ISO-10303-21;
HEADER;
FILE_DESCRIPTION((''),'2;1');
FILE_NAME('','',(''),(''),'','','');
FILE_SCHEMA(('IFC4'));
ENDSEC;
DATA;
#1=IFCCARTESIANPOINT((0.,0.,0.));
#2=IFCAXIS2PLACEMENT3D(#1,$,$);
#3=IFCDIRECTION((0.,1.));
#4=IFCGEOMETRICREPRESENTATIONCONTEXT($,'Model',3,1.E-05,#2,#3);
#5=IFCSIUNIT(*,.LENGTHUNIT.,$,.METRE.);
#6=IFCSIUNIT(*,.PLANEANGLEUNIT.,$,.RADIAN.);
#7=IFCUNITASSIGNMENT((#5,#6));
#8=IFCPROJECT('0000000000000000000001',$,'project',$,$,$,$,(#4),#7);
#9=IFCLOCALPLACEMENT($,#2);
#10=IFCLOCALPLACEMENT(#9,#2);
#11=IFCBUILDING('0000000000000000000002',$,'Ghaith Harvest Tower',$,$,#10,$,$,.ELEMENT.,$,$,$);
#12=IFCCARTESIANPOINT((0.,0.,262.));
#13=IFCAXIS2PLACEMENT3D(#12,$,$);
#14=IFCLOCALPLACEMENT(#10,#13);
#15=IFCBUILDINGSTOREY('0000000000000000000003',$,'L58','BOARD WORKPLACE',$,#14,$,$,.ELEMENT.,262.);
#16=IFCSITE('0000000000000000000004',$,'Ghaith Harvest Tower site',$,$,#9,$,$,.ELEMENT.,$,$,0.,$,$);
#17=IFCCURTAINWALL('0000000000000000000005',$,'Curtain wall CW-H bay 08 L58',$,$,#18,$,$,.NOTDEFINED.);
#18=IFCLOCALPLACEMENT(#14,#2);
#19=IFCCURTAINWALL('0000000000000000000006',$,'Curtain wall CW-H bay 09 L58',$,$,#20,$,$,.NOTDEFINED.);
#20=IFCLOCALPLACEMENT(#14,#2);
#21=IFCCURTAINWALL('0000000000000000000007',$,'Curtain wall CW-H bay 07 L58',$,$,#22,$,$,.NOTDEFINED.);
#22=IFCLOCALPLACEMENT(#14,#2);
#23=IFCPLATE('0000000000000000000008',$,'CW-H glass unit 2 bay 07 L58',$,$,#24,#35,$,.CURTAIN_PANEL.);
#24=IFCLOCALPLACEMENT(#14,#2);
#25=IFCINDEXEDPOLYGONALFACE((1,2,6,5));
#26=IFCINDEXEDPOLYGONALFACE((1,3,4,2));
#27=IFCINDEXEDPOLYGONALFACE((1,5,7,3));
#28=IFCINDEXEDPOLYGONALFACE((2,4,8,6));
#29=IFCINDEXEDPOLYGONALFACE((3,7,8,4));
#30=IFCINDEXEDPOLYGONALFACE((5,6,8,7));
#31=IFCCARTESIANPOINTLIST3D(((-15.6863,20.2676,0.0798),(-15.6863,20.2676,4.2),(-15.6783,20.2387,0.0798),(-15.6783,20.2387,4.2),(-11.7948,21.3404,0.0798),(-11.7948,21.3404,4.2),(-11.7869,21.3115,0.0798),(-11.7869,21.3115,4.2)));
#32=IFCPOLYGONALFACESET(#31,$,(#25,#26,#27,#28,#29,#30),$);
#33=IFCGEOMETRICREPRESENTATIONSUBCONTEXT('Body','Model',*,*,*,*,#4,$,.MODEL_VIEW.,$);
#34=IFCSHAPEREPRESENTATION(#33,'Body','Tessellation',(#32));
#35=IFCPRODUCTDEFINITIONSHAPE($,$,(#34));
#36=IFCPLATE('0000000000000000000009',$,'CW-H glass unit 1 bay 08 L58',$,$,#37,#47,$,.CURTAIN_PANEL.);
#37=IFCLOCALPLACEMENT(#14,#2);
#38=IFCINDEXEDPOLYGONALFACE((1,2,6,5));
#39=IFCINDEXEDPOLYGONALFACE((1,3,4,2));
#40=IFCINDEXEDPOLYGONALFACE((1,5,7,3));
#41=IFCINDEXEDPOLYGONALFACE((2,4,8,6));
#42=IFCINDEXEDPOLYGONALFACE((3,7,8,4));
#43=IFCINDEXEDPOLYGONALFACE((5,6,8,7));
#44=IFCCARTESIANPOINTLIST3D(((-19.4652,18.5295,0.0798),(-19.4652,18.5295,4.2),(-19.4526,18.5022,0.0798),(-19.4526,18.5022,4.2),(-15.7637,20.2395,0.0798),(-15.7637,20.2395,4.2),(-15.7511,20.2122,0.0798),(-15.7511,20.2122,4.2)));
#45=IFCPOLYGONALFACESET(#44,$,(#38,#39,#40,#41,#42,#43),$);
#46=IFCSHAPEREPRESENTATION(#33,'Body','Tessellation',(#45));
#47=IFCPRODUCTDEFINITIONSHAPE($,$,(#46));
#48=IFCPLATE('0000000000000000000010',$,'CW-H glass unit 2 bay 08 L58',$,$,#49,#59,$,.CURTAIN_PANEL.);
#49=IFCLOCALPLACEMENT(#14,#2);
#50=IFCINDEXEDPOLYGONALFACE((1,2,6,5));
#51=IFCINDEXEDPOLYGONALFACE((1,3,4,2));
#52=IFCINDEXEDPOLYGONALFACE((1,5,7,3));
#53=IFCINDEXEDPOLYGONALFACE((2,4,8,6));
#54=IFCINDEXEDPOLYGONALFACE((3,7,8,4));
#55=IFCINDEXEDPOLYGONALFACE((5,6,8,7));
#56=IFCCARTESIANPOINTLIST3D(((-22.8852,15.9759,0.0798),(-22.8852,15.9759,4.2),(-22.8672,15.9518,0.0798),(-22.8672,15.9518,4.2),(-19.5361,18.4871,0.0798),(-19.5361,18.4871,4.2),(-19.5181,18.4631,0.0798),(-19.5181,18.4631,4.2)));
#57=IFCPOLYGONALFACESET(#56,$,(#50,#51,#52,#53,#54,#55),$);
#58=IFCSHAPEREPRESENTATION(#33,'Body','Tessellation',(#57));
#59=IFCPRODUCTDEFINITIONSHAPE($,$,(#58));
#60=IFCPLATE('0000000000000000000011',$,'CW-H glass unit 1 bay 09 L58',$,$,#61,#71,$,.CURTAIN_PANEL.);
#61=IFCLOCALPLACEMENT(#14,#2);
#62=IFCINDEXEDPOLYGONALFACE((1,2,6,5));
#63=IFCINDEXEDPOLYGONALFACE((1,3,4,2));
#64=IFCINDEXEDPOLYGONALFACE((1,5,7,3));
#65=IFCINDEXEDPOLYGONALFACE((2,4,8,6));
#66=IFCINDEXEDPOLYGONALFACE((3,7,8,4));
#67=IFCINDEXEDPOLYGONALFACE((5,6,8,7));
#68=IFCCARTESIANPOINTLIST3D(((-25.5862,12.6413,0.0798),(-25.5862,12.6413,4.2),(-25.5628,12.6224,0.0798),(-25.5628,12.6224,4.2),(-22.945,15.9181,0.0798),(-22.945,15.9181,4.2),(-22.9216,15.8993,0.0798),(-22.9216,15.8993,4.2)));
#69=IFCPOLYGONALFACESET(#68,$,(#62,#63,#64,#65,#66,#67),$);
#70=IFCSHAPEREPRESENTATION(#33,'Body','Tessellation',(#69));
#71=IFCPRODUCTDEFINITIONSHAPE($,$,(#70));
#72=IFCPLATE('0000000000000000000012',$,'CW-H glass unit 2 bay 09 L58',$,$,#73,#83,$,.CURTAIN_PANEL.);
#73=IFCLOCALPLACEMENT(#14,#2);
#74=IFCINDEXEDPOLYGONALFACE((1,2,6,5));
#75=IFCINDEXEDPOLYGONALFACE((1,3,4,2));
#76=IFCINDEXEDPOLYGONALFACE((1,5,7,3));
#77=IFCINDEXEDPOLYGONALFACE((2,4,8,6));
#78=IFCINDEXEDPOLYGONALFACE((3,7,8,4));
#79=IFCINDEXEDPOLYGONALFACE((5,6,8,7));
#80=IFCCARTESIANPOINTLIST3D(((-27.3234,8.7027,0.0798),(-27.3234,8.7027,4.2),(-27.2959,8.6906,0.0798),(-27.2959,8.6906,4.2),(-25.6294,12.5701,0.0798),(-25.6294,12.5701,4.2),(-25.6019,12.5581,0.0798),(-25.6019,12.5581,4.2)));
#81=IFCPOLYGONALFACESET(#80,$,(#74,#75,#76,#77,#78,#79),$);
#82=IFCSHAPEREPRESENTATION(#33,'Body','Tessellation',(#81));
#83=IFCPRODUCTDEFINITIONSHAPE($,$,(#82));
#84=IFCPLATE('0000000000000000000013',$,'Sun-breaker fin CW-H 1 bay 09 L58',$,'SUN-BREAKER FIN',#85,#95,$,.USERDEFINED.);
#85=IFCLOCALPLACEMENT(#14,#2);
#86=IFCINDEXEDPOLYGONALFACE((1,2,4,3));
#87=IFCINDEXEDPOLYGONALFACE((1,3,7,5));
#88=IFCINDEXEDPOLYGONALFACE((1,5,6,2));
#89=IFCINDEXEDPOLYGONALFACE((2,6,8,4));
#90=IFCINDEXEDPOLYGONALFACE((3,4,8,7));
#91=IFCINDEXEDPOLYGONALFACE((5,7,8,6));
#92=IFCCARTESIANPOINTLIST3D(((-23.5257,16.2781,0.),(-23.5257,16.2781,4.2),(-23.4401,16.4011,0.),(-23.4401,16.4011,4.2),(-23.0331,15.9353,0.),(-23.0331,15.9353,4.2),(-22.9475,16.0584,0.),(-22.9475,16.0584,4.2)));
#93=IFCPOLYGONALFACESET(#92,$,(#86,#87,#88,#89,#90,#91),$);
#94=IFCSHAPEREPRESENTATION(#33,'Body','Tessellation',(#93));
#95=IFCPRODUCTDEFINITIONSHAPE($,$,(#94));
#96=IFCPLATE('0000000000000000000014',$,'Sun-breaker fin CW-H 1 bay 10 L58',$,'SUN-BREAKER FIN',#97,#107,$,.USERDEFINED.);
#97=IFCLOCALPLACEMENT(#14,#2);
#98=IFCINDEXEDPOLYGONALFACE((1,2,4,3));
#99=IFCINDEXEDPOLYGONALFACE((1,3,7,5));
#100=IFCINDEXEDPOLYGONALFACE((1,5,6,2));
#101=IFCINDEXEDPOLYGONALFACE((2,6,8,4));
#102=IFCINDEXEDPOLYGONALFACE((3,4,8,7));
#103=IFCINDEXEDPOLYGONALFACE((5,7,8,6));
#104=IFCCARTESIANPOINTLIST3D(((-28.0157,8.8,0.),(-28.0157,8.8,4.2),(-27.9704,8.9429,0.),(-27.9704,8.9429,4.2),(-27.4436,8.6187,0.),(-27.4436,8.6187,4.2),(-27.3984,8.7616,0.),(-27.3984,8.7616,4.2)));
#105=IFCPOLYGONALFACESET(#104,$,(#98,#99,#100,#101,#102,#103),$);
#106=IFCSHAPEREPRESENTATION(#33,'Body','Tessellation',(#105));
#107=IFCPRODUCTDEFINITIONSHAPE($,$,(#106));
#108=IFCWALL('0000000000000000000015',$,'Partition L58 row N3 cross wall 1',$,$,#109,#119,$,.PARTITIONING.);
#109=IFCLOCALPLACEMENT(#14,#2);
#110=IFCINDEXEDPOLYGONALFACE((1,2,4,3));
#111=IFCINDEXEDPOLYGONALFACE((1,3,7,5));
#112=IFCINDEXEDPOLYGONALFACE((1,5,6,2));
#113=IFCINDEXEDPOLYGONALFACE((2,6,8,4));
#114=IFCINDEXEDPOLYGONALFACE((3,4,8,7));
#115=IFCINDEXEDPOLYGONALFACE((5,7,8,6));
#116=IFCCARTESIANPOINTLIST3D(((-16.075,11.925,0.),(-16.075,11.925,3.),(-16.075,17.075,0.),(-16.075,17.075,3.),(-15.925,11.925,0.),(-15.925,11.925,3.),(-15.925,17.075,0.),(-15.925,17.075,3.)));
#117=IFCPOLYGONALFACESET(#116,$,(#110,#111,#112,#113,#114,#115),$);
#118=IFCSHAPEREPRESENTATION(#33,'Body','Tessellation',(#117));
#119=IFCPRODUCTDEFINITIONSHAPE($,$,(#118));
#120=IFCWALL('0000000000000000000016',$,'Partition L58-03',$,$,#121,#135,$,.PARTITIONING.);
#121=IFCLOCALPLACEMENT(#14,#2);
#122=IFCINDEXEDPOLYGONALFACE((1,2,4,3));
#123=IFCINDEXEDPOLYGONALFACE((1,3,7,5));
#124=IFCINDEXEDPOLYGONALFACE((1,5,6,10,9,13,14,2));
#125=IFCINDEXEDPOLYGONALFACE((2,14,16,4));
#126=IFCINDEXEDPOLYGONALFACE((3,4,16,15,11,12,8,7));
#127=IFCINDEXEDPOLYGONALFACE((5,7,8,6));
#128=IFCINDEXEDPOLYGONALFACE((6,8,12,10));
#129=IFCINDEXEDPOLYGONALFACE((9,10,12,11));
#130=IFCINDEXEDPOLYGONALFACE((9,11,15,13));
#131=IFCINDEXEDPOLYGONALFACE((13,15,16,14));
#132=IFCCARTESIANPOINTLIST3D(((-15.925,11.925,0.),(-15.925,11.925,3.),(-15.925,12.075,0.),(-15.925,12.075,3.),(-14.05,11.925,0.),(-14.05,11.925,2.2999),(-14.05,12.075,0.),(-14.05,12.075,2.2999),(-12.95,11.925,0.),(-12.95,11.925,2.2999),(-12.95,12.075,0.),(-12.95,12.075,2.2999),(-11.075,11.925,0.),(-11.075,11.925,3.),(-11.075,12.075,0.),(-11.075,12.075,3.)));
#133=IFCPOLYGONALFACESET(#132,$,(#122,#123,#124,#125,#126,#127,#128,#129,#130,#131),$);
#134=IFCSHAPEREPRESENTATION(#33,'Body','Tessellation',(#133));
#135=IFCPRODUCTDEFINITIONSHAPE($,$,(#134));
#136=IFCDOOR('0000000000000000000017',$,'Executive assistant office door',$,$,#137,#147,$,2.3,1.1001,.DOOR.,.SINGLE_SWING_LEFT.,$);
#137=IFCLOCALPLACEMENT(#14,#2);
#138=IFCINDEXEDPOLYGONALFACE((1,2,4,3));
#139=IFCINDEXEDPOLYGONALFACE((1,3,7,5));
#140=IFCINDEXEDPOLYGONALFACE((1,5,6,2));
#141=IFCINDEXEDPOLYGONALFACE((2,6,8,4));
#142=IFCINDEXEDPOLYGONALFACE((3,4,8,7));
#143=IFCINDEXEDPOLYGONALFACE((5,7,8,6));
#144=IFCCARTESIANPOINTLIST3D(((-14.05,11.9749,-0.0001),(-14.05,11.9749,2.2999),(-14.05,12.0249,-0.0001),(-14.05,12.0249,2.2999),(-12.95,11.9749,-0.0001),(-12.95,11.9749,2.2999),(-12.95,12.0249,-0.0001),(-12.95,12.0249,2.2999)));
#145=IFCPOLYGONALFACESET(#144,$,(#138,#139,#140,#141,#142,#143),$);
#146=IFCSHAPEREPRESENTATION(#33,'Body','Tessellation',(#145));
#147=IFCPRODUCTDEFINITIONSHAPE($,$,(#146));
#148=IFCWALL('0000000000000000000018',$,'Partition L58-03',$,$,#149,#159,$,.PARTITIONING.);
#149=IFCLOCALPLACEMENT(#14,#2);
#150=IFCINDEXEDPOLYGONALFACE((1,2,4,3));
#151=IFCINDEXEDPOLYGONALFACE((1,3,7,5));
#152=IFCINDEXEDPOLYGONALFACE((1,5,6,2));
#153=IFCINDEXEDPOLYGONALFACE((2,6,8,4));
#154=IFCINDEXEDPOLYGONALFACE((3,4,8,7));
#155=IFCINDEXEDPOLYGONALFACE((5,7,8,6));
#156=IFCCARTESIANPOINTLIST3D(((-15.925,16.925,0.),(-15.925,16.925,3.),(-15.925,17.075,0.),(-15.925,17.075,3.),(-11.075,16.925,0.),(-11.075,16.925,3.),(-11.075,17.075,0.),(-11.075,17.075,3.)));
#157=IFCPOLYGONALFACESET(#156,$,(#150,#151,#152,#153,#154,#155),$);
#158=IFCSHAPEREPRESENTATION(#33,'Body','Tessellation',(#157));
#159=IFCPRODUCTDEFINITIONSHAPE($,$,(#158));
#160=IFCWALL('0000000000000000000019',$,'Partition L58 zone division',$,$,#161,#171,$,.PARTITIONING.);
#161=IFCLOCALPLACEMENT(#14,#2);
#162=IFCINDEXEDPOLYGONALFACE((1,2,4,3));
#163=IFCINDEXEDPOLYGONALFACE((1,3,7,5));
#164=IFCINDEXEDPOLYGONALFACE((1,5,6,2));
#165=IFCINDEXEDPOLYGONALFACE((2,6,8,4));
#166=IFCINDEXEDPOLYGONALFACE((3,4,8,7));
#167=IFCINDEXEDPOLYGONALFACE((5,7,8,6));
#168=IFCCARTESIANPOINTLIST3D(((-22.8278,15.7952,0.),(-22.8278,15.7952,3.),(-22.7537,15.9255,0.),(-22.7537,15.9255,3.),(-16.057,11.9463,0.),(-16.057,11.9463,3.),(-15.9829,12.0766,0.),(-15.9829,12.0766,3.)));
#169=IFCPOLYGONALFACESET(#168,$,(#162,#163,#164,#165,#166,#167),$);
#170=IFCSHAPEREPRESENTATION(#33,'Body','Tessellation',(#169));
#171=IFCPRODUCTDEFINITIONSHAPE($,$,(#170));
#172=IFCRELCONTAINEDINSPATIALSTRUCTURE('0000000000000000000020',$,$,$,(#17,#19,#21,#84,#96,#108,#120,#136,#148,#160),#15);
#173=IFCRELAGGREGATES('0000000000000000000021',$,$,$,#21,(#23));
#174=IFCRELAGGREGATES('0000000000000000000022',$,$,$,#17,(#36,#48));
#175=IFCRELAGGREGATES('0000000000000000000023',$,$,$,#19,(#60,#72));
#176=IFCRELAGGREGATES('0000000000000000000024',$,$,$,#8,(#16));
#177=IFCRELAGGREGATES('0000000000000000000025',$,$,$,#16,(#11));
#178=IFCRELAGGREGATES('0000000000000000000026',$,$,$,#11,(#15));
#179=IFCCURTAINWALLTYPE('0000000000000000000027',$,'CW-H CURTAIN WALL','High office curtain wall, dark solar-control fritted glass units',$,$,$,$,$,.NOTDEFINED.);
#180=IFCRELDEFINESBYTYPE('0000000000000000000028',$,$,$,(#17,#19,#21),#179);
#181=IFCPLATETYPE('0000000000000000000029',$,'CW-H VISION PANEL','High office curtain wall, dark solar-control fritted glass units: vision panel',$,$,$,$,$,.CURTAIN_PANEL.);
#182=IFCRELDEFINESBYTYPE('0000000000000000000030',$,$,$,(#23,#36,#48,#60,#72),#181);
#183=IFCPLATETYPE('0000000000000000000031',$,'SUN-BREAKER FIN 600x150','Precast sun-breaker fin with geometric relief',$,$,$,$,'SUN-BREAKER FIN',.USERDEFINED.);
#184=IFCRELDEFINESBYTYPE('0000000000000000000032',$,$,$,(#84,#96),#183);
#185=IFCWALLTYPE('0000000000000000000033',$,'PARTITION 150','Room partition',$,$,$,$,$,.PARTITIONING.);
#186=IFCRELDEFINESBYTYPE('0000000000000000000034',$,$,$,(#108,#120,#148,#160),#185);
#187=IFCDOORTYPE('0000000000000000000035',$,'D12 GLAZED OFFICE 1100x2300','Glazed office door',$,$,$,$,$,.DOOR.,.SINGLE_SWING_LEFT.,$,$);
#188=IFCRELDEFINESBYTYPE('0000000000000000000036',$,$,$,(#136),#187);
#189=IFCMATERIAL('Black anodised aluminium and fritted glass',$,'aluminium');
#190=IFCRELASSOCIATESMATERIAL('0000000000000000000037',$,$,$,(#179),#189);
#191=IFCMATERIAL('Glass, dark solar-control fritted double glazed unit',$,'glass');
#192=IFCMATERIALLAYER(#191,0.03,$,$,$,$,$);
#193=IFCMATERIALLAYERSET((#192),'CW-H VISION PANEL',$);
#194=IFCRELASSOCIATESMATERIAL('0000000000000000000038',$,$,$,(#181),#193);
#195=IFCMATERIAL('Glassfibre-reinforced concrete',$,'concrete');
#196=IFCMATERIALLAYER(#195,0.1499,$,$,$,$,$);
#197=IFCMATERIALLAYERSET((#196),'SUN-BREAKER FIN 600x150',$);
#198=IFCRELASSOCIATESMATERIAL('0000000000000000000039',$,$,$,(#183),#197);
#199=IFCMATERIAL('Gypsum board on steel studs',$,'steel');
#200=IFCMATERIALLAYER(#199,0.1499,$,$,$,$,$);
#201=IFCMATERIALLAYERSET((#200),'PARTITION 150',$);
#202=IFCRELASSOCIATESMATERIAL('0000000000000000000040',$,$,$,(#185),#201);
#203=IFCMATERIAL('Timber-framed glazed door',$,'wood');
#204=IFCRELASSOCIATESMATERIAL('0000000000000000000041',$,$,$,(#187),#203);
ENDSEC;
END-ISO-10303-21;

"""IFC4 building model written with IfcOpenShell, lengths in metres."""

from ifc_helpers import new_model, si_unit, direction, frame, frame_2d, origin, origin_2d, place, context, subcontext, project, spatial, rectangle, extrude, material, layer, layer_set, type_object, element, fill, aggregate, save


model = new_model("IFC4")

# Units and contexts
model_context = context("Model", 3, precision=1e-05, world=origin(), true_north=direction((0.0, 1.0)))
body_context = subcontext(model_context, "Body", "Model", "MODEL_VIEW")
ifc_project = project(units=[si_unit("LENGTHUNIT", "METRE"), si_unit("PLANEANGLEUNIT", "RADIAN")], contexts=[model_context])

# Site, building, storey
site_placement = place(None, origin())
site = spatial("IfcSite", under=ifc_project, at=site_placement, Name="Ghaith Harvest Tower site", CompositionType="ELEMENT", RefElevation=0.0)
building_placement = place(site_placement, origin())
building = spatial("IfcBuilding", under=site, at=building_placement, Name="Ghaith Harvest Tower", CompositionType="ELEMENT")
storey_placement = place(building_placement, frame((0.0, 0.0, 262.0)))
storey = spatial("IfcBuildingStorey", under=building, at=storey_placement, Name="L58", Description="BOARD WORKPLACE", CompositionType="ELEMENT", Elevation=262.0)

# Curtain walls
ifc_material_1 = material(Name="Black anodised aluminium and fritted glass", Category="aluminium")
curtain_wall_type = type_object("IfcCurtainWallType", Name="CW-H CURTAIN WALL", Description="High office curtain wall, dark solar-control fritted glass units", PredefinedType="NOTDEFINED", material=ifc_material_1)
curtain_wall_1_placement = place(storey_placement, origin())
curtain_wall_1 = element("IfcCurtainWall", 1, at=curtain_wall_1_placement, inside=storey, type_object=curtain_wall_type, Name="Curtain wall CW-H bay 08 L58", PredefinedType="NOTDEFINED")
curtain_wall_2_placement = place(storey_placement, origin())
curtain_wall_2 = element("IfcCurtainWall", 2, at=curtain_wall_2_placement, inside=storey, type_object=curtain_wall_type, Name="Curtain wall CW-H bay 09 L58", PredefinedType="NOTDEFINED")

# Curtain wall, plate
curtain_wall_3_placement = place(storey_placement, origin())
curtain_wall_3 = element("IfcCurtainWall", 3, at=curtain_wall_3_placement, inside=storey, type_object=curtain_wall_type, Name="Curtain wall CW-H bay 07 L58", PredefinedType="NOTDEFINED")
ifc_material_2 = material(Name="Glass, dark solar-control fritted double glazed unit", Category="glass")
ifc_layer_1 = layer(ifc_material_2, 0.03)
ifc_layer_set_1 = layer_set([ifc_layer_1], Name="CW-H VISION PANEL")
plate_type_1 = type_object("IfcPlateType", Name="CW-H VISION PANEL", Description="High office curtain wall, dark solar-control fritted glass units: vision panel", PredefinedType="CURTAIN_PANEL", material=ifc_layer_set_1)
plate_1_placement = place(storey_placement, frame((-13.7366, 20.7896, 0.0798), z_axis=(0.0, 0.0, 1.0), x_axis=(-0.964034, -0.265779, 0.0)))
plate_1 = element("IfcPlate", 4, at=plate_1_placement, type_object=plate_type_1, Name="CW-H glass unit 2 bay 07 L58", PredefinedType="CURTAIN_PANEL", context=body_context, shape_type="SweptSolid", body=[
    extrude(rectangle(XDim=4.0366, YDim=0.03, at=origin_2d()), origin(), (0.0, 0.0, 1.0), 4.1201),
])
aggregate(curtain_wall_3, [plate_1])

# Plates
plate_2_placement = place(storey_placement, frame((-17.6082, 19.3708, 0.0798), z_axis=(0.0, 0.0, 1.0), x_axis=(-0.907814, -0.419372, 0.0)))
plate_2 = element("IfcPlate", 5, at=plate_2_placement, type_object=plate_type_1, Name="CW-H glass unit 1 bay 08 L58", PredefinedType="CURTAIN_PANEL", context=body_context, shape_type="SweptSolid", body=[
    extrude(rectangle(XDim=4.0774, YDim=0.03, at=origin_2d()), origin(), (0.0, 0.0, 1.0), 4.1201),
])
plate_3_placement = place(storey_placement, frame((-21.2017, 17.2195, 0.0798), z_axis=(0.0, 0.0, 1.0), x_axis=(-0.800067, -0.599911, 0.0)))
plate_3 = element("IfcPlate", 6, at=plate_3_placement, type_object=plate_type_1, Name="CW-H glass unit 2 bay 08 L58", PredefinedType="CURTAIN_PANEL", context=body_context, shape_type="SweptSolid", body=[
    extrude(rectangle(XDim=4.186, YDim=0.03, at=origin_2d()), origin(), (0.0, 0.0, 1.0), 4.1201),
])
aggregate(curtain_wall_1, [plate_2, plate_3])
plate_4_placement = place(storey_placement, frame((-24.2539, 14.2703, 0.0798), z_axis=(0.0, 0.0, 1.0), x_axis=(-0.627548, -0.778578, 0.0)))
plate_4 = element("IfcPlate", 7, at=plate_4_placement, type_object=plate_type_1, Name="CW-H glass unit 1 bay 09 L58", PredefinedType="CURTAIN_PANEL", context=body_context, shape_type="SweptSolid", body=[
    extrude(rectangle(XDim=4.2087, YDim=0.03, at=origin_2d()), origin(), (0.0, 0.0, 1.0), 4.1201),
])
plate_5_placement = place(storey_placement, frame((-26.4626, 10.6304, 0.0798), z_axis=(0.0, 0.0, 1.0), x_axis=(-0.401213, -0.915985, 0.0)))
plate_5 = element("IfcPlate", 8, at=plate_5_placement, type_object=plate_type_1, Name="CW-H glass unit 2 bay 09 L58", PredefinedType="CURTAIN_PANEL", context=body_context, shape_type="SweptSolid", body=[
    extrude(rectangle(XDim=4.2222, YDim=0.03, at=origin_2d()), origin(), (0.0, 0.0, 1.0), 4.1201),
])
aggregate(curtain_wall_2, [plate_4, plate_5])

# Plates
ifc_material_3 = material(Name="Glassfibre-reinforced concrete", Category="concrete")
ifc_layer_2 = layer(ifc_material_3, 0.1499)
ifc_layer_set_2 = layer_set([ifc_layer_2], Name="SUN-BREAKER FIN 600x150")
plate_type_2 = type_object("IfcPlateType", Name="SUN-BREAKER FIN 600x150", Description="Precast sun-breaker fin with geometric relief", ElementType="SUN-BREAKER FIN", PredefinedType="USERDEFINED", material=ifc_layer_set_2)
for number, where, z_axis, x_axis, name in (
    (9, (-23.2366, 16.1682, 0.0), (0.0, 0.0, 1.0), (-0.820845, 0.57115, 0.0), "Sun-breaker fin CW-H 1 bay 09 L58"),
    (10, (-27.707, 8.7808, 0.0), (0.0, 0.0, 1.0), (-0.953273, 0.30211, 0.0), "Sun-breaker fin CW-H 1 bay 10 L58"),
):
    element("IfcPlate", number, at=place(storey_placement, frame(where, z_axis=z_axis, x_axis=x_axis)), inside=storey, type_object=plate_type_2, Name=name, ObjectType="SUN-BREAKER FIN", PredefinedType="USERDEFINED", context=body_context, shape_type="SweptSolid", body=[
        extrude(rectangle(XDim=0.6001, YDim=0.1499, at=origin_2d()), origin(), (0.0, 0.0, 1.0), 4.2),
    ])

# Wall
ifc_material_4 = material(Name="Gypsum board on steel studs", Category="steel")
ifc_layer_3 = layer(ifc_material_4, 0.1499)
ifc_layer_set_3 = layer_set([ifc_layer_3], Name="PARTITION 150")
wall_type_1 = type_object("IfcWallType", Name="PARTITION 150", Description="Room partition", PredefinedType="PARTITIONING", material=ifc_layer_set_3)
wall_1_placement = place(storey_placement, frame((-16.0, 11.925, 0.0), z_axis=(0.0, 0.0, 1.0), x_axis=(0.0, 1.0, 0.0)))
element("IfcWall", 11, at=wall_1_placement, inside=storey, type_object=wall_type_1, Name="Partition L58 row N3 cross wall 1", PredefinedType="PARTITIONING", context=body_context, shape_type="SweptSolid", body=[
    extrude(rectangle(XDim=5.1499, YDim=0.1499, at=frame_2d((2.575, 0.0))), origin(), (0.0, 0.0, 1.0), 3.0),
])

# Wall, opening, door
wall_2_placement = place(storey_placement, frame((-15.925, 12.0, 0.0), z_axis=(0.0, 0.0, 1.0), x_axis=(1.0, 0.0, 0.0)))
wall_2 = element("IfcWall", 12, at=wall_2_placement, inside=storey, type_object=wall_type_1, Name="Partition L58-03", PredefinedType="PARTITIONING", context=body_context, shape_type="SweptSolid", body=[
    extrude(rectangle(XDim=4.8501, YDim=0.1499, at=frame_2d((2.425, 0.0))), origin(), (0.0, 0.0, 1.0), 3.0),
])
opening_1_placement = place(wall_2_placement, frame((1.875, 0.0, 0.0)))
opening_1 = element("IfcOpeningElement", 13, at=opening_1_placement, cuts=wall_2, PredefinedType="OPENING", context=body_context, shape_type="SweptSolid", body=[
    extrude(rectangle(XDim=1.1001, YDim=2.3, at=frame_2d((0.55, 1.1499))), frame((0.0, 0.085, 0.0), z_axis=(0.0, -1.0, 0.0), x_axis=(1.0, 0.0, 0.0)), (0.0, 0.0, 1.0), 0.1699),
])
ifc_material_5 = material(Name="Timber-framed glazed door", Category="wood")
door_type_1 = type_object("IfcDoorType", Name="D12 GLAZED OFFICE 1100x2300", Description="Glazed office door", OperationType="SINGLE_SWING_LEFT", PredefinedType="DOOR", material=ifc_material_5)
door_1_placement = place(opening_1_placement, origin())
door_1 = element("IfcDoor", 14, at=door_1_placement, inside=storey, type_object=door_type_1, Name="Executive assistant office door", OperationType="SINGLE_SWING_LEFT", OverallHeight=2.3, OverallWidth=1.1001, PredefinedType="DOOR", context=body_context, shape_type="SweptSolid", body=[
    extrude(rectangle(XDim=1.1001, YDim=2.3, at=frame_2d((0.55, 1.1499))), frame((0.0, 0.0249, 0.0), z_axis=(0.0, -1.0, 0.0), x_axis=(1.0, 0.0, 0.0)), (0.0, 0.0, 1.0), 0.05),
])
fill(opening_1, door_1)

# Walls
wall_3_placement = place(storey_placement, frame((-15.925, 17.0, 0.0), z_axis=(0.0, 0.0, 1.0), x_axis=(1.0, 0.0, 0.0)))
element("IfcWall", 15, at=wall_3_placement, inside=storey, type_object=wall_type_1, Name="Partition L58-03", PredefinedType="PARTITIONING", context=body_context, shape_type="SweptSolid", body=[
    extrude(rectangle(XDim=4.8501, YDim=0.1499, at=frame_2d((2.425, 0.0))), origin(), (0.0, 0.0, 1.0), 3.0),
])
wall_4_placement = place(storey_placement, frame((-16.02, 12.0115, 0.0), z_axis=(0.0, 0.0, 1.0), x_axis=(-0.869354, 0.49419, 0.0)))
element("IfcWall", 16, at=wall_4_placement, inside=storey, type_object=wall_type_1, Name="Partition L58 zone division", PredefinedType="PARTITIONING", context=body_context, shape_type="SweptSolid", body=[
    extrude(rectangle(XDim=7.7883, YDim=0.1499, at=frame_2d((3.894, 0.0))), origin(), (0.0, 0.0, 1.0), 3.0),
])

save(model, "model.ifc")
